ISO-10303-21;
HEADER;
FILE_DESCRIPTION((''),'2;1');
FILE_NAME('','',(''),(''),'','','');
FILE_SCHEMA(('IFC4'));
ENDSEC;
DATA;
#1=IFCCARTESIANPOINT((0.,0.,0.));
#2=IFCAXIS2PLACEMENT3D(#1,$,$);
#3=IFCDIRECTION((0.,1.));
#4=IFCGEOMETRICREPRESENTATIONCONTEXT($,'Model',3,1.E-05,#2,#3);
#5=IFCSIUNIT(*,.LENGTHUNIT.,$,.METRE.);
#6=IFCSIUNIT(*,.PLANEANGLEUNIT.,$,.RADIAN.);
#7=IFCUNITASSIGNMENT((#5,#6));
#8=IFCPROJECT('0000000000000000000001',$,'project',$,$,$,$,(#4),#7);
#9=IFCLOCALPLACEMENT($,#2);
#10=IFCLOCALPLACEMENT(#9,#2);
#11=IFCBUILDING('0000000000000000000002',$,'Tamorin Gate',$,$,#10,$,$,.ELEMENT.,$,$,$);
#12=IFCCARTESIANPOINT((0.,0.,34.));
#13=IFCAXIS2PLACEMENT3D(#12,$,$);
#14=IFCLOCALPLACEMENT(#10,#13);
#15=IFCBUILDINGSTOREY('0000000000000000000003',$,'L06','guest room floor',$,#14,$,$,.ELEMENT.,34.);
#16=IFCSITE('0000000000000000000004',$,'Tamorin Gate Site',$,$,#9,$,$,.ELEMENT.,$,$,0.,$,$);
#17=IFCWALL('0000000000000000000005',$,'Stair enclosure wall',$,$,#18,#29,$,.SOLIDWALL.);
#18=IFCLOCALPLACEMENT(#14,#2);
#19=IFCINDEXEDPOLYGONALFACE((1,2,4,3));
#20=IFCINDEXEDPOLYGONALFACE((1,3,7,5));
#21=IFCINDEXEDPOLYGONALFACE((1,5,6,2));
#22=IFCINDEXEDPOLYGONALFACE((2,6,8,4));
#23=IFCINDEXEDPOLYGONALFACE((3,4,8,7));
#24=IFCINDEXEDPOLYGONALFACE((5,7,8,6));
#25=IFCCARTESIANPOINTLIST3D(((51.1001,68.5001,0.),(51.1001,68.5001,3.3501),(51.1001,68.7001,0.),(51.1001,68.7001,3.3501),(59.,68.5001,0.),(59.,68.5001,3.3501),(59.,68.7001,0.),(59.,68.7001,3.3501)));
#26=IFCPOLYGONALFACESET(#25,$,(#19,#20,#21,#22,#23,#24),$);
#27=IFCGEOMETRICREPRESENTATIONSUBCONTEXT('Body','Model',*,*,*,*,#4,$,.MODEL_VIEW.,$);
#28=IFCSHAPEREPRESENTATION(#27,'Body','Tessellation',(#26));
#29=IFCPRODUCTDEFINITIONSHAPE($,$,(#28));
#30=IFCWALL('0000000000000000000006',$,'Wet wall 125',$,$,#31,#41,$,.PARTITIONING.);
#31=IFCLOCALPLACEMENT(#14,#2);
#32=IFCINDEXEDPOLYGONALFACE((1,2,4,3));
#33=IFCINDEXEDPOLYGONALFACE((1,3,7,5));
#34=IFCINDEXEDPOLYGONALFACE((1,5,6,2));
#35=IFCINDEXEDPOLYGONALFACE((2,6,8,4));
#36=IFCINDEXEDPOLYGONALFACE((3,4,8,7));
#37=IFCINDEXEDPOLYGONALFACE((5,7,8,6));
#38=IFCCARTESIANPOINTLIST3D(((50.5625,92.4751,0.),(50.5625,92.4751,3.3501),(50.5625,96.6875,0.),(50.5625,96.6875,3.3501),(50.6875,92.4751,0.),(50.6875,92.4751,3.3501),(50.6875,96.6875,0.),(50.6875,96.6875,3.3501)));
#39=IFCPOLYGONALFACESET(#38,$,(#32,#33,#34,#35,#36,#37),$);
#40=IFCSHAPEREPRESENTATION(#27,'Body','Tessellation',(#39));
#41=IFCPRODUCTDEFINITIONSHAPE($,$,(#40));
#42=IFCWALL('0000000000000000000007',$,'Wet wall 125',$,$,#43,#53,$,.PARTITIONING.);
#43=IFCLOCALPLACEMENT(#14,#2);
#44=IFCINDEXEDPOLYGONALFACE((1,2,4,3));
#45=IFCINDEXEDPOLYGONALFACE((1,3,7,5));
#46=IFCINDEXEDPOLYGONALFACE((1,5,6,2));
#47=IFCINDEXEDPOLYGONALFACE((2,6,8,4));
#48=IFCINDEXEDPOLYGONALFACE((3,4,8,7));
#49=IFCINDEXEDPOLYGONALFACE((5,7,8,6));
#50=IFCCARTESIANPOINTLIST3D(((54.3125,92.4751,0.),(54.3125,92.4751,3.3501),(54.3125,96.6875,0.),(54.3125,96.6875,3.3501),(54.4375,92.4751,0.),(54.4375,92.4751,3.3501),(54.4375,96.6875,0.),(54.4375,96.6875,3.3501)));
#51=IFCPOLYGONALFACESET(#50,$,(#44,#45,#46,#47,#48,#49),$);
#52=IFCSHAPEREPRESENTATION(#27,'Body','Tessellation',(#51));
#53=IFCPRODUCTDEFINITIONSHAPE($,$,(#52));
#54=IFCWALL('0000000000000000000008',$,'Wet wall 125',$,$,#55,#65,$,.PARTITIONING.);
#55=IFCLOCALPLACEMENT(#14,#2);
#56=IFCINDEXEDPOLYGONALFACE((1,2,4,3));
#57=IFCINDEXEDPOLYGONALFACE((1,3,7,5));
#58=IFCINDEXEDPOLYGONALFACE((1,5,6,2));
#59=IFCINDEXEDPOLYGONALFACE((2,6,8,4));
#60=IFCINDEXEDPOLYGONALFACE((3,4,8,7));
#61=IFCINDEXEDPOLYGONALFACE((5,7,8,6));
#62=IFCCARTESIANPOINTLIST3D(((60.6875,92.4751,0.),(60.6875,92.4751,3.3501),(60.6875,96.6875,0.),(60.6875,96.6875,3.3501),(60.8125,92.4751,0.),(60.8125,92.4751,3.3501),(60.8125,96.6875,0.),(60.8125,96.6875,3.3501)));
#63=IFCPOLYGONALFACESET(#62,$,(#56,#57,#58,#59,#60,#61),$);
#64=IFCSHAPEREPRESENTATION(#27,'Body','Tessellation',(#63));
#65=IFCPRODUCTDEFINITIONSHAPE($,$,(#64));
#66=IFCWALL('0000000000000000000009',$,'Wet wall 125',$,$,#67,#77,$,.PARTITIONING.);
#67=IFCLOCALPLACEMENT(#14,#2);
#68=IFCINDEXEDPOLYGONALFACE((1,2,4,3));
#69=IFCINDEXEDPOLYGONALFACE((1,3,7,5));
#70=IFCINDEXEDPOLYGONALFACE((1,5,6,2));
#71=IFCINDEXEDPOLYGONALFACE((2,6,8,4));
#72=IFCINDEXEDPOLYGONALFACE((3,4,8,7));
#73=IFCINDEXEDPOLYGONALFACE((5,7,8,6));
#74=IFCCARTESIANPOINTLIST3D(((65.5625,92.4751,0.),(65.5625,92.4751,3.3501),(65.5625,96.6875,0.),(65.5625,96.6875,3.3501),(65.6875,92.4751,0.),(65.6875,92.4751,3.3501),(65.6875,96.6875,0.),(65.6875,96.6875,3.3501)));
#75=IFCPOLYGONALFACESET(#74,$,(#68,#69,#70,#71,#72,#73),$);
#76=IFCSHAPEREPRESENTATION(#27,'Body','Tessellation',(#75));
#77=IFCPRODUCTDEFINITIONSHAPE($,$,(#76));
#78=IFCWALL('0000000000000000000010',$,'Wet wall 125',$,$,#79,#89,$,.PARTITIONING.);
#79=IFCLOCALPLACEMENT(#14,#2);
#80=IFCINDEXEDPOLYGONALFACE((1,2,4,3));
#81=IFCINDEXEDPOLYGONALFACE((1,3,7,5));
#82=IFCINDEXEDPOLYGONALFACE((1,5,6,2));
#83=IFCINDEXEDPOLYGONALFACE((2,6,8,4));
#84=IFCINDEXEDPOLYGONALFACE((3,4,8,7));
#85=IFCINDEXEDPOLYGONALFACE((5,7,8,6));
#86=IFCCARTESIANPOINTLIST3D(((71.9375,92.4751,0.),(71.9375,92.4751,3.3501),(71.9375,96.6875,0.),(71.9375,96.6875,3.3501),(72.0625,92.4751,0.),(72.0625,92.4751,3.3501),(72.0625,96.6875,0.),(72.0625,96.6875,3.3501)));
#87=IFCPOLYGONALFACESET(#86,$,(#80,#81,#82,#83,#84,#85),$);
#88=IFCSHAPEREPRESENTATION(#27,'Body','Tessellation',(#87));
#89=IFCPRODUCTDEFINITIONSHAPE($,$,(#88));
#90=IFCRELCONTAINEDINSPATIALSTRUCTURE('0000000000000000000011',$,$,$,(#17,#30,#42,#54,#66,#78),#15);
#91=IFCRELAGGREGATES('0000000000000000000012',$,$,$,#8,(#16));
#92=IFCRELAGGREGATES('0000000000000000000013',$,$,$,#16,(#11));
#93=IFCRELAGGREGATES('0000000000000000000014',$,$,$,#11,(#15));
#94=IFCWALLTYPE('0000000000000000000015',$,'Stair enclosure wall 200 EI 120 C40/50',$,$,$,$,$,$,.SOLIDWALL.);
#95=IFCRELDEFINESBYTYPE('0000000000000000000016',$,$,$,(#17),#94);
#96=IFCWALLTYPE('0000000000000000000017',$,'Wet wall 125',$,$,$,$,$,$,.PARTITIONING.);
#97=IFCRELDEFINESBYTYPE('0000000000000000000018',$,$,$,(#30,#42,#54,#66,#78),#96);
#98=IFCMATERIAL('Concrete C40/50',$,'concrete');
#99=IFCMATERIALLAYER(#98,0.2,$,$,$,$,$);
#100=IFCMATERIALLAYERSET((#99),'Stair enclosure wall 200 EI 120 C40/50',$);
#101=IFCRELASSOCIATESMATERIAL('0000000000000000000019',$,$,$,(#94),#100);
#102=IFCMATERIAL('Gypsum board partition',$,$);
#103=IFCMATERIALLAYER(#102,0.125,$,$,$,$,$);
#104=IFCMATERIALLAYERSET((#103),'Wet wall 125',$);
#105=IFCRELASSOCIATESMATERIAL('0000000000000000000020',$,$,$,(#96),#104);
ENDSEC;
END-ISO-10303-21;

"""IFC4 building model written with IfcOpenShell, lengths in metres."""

from ifc_helpers import new_model, si_unit, direction, frame, frame_2d, origin, place, context, subcontext, project, spatial, rectangle, extrude, material, layer, layer_set, type_object, element, save


model = new_model("IFC4")

# Units and contexts
model_context = context("Model", 3, precision=1e-05, world=origin(), true_north=direction((0.0, 1.0)))
body_context = subcontext(model_context, "Body", "Model", "MODEL_VIEW")
ifc_project = project(units=[si_unit("LENGTHUNIT", "METRE"), si_unit("PLANEANGLEUNIT", "RADIAN")], contexts=[model_context])

# Site, building, storey
site_placement = place(None, origin())
site = spatial("IfcSite", under=ifc_project, at=site_placement, Name="Tamorin Gate Site", CompositionType="ELEMENT", RefElevation=0.0)
building_placement = place(site_placement, origin())
building = spatial("IfcBuilding", under=site, at=building_placement, Name="Tamorin Gate", CompositionType="ELEMENT")
storey_placement = place(building_placement, frame((0.0, 0.0, 34.0)))
storey = spatial("IfcBuildingStorey", under=building, at=storey_placement, Name="L06", Description="guest room floor", CompositionType="ELEMENT", Elevation=34.0)

# Shared definitions
ifc_material_1 = material(Name="Gypsum board partition")

# Walls
ifc_material_2 = material(Name="Concrete C40/50", Category="concrete")
ifc_layer_1 = layer(ifc_material_2, 0.2)
ifc_layer_set_1 = layer_set([ifc_layer_1], Name="Stair enclosure wall 200 EI 120 C40/50")
wall_type_1 = type_object("IfcWallType", Name="Stair enclosure wall 200 EI 120 C40/50", PredefinedType="SOLIDWALL", material=ifc_layer_set_1)
wall_1_placement = place(storey_placement, frame((51.1001, 68.6001, 0.0), z_axis=(0.0, 0.0, 1.0), x_axis=(1.0, 0.0, 0.0)))
element("IfcWall", 1, at=wall_1_placement, inside=storey, type_object=wall_type_1, Name="Stair enclosure wall", PredefinedType="SOLIDWALL", context=body_context, shape_type="SweptSolid", body=[
    extrude(rectangle(XDim=7.8999, YDim=0.2, at=frame_2d((3.95, 0.0))), origin(), (0.0, 0.0, 1.0), 3.3501),
])
ifc_layer_2 = layer(ifc_material_1, 0.125)
ifc_layer_set_2 = layer_set([ifc_layer_2], Name="Wet wall 125")
wall_type_2 = type_object("IfcWallType", Name="Wet wall 125", PredefinedType="PARTITIONING", material=ifc_layer_set_2)
for number, where, z_axis, x_axis, name in (
    (2, (50.625, 92.4751, 0.0), (0.0, 0.0, 1.0), (0.0, 1.0, 0.0), "Wet wall 125"),
    (3, (54.375, 92.4751, 0.0), (0.0, 0.0, 1.0), (0.0, 1.0, 0.0), "Wet wall 125"),
    (4, (60.75, 92.4751, 0.0), (0.0, 0.0, 1.0), (0.0, 1.0, 0.0), "Wet wall 125"),
    (5, (65.625, 92.4751, 0.0), (0.0, 0.0, 1.0), (0.0, 1.0, 0.0), "Wet wall 125"),
    (6, (72.0, 92.4751, 0.0), (0.0, 0.0, 1.0), (0.0, 1.0, 0.0), "Wet wall 125"),
):
    element("IfcWall", number, at=place(storey_placement, frame(where, z_axis=z_axis, x_axis=x_axis)), inside=storey, type_object=wall_type_2, Name=name, PredefinedType="PARTITIONING", context=body_context, shape_type="SweptSolid", body=[
        extrude(rectangle(XDim=4.2124, YDim=0.125, at=frame_2d((2.1062, 0.0))), origin(), (0.0, 0.0, 1.0), 3.3501),
    ])

save(model, "model.ifc")
